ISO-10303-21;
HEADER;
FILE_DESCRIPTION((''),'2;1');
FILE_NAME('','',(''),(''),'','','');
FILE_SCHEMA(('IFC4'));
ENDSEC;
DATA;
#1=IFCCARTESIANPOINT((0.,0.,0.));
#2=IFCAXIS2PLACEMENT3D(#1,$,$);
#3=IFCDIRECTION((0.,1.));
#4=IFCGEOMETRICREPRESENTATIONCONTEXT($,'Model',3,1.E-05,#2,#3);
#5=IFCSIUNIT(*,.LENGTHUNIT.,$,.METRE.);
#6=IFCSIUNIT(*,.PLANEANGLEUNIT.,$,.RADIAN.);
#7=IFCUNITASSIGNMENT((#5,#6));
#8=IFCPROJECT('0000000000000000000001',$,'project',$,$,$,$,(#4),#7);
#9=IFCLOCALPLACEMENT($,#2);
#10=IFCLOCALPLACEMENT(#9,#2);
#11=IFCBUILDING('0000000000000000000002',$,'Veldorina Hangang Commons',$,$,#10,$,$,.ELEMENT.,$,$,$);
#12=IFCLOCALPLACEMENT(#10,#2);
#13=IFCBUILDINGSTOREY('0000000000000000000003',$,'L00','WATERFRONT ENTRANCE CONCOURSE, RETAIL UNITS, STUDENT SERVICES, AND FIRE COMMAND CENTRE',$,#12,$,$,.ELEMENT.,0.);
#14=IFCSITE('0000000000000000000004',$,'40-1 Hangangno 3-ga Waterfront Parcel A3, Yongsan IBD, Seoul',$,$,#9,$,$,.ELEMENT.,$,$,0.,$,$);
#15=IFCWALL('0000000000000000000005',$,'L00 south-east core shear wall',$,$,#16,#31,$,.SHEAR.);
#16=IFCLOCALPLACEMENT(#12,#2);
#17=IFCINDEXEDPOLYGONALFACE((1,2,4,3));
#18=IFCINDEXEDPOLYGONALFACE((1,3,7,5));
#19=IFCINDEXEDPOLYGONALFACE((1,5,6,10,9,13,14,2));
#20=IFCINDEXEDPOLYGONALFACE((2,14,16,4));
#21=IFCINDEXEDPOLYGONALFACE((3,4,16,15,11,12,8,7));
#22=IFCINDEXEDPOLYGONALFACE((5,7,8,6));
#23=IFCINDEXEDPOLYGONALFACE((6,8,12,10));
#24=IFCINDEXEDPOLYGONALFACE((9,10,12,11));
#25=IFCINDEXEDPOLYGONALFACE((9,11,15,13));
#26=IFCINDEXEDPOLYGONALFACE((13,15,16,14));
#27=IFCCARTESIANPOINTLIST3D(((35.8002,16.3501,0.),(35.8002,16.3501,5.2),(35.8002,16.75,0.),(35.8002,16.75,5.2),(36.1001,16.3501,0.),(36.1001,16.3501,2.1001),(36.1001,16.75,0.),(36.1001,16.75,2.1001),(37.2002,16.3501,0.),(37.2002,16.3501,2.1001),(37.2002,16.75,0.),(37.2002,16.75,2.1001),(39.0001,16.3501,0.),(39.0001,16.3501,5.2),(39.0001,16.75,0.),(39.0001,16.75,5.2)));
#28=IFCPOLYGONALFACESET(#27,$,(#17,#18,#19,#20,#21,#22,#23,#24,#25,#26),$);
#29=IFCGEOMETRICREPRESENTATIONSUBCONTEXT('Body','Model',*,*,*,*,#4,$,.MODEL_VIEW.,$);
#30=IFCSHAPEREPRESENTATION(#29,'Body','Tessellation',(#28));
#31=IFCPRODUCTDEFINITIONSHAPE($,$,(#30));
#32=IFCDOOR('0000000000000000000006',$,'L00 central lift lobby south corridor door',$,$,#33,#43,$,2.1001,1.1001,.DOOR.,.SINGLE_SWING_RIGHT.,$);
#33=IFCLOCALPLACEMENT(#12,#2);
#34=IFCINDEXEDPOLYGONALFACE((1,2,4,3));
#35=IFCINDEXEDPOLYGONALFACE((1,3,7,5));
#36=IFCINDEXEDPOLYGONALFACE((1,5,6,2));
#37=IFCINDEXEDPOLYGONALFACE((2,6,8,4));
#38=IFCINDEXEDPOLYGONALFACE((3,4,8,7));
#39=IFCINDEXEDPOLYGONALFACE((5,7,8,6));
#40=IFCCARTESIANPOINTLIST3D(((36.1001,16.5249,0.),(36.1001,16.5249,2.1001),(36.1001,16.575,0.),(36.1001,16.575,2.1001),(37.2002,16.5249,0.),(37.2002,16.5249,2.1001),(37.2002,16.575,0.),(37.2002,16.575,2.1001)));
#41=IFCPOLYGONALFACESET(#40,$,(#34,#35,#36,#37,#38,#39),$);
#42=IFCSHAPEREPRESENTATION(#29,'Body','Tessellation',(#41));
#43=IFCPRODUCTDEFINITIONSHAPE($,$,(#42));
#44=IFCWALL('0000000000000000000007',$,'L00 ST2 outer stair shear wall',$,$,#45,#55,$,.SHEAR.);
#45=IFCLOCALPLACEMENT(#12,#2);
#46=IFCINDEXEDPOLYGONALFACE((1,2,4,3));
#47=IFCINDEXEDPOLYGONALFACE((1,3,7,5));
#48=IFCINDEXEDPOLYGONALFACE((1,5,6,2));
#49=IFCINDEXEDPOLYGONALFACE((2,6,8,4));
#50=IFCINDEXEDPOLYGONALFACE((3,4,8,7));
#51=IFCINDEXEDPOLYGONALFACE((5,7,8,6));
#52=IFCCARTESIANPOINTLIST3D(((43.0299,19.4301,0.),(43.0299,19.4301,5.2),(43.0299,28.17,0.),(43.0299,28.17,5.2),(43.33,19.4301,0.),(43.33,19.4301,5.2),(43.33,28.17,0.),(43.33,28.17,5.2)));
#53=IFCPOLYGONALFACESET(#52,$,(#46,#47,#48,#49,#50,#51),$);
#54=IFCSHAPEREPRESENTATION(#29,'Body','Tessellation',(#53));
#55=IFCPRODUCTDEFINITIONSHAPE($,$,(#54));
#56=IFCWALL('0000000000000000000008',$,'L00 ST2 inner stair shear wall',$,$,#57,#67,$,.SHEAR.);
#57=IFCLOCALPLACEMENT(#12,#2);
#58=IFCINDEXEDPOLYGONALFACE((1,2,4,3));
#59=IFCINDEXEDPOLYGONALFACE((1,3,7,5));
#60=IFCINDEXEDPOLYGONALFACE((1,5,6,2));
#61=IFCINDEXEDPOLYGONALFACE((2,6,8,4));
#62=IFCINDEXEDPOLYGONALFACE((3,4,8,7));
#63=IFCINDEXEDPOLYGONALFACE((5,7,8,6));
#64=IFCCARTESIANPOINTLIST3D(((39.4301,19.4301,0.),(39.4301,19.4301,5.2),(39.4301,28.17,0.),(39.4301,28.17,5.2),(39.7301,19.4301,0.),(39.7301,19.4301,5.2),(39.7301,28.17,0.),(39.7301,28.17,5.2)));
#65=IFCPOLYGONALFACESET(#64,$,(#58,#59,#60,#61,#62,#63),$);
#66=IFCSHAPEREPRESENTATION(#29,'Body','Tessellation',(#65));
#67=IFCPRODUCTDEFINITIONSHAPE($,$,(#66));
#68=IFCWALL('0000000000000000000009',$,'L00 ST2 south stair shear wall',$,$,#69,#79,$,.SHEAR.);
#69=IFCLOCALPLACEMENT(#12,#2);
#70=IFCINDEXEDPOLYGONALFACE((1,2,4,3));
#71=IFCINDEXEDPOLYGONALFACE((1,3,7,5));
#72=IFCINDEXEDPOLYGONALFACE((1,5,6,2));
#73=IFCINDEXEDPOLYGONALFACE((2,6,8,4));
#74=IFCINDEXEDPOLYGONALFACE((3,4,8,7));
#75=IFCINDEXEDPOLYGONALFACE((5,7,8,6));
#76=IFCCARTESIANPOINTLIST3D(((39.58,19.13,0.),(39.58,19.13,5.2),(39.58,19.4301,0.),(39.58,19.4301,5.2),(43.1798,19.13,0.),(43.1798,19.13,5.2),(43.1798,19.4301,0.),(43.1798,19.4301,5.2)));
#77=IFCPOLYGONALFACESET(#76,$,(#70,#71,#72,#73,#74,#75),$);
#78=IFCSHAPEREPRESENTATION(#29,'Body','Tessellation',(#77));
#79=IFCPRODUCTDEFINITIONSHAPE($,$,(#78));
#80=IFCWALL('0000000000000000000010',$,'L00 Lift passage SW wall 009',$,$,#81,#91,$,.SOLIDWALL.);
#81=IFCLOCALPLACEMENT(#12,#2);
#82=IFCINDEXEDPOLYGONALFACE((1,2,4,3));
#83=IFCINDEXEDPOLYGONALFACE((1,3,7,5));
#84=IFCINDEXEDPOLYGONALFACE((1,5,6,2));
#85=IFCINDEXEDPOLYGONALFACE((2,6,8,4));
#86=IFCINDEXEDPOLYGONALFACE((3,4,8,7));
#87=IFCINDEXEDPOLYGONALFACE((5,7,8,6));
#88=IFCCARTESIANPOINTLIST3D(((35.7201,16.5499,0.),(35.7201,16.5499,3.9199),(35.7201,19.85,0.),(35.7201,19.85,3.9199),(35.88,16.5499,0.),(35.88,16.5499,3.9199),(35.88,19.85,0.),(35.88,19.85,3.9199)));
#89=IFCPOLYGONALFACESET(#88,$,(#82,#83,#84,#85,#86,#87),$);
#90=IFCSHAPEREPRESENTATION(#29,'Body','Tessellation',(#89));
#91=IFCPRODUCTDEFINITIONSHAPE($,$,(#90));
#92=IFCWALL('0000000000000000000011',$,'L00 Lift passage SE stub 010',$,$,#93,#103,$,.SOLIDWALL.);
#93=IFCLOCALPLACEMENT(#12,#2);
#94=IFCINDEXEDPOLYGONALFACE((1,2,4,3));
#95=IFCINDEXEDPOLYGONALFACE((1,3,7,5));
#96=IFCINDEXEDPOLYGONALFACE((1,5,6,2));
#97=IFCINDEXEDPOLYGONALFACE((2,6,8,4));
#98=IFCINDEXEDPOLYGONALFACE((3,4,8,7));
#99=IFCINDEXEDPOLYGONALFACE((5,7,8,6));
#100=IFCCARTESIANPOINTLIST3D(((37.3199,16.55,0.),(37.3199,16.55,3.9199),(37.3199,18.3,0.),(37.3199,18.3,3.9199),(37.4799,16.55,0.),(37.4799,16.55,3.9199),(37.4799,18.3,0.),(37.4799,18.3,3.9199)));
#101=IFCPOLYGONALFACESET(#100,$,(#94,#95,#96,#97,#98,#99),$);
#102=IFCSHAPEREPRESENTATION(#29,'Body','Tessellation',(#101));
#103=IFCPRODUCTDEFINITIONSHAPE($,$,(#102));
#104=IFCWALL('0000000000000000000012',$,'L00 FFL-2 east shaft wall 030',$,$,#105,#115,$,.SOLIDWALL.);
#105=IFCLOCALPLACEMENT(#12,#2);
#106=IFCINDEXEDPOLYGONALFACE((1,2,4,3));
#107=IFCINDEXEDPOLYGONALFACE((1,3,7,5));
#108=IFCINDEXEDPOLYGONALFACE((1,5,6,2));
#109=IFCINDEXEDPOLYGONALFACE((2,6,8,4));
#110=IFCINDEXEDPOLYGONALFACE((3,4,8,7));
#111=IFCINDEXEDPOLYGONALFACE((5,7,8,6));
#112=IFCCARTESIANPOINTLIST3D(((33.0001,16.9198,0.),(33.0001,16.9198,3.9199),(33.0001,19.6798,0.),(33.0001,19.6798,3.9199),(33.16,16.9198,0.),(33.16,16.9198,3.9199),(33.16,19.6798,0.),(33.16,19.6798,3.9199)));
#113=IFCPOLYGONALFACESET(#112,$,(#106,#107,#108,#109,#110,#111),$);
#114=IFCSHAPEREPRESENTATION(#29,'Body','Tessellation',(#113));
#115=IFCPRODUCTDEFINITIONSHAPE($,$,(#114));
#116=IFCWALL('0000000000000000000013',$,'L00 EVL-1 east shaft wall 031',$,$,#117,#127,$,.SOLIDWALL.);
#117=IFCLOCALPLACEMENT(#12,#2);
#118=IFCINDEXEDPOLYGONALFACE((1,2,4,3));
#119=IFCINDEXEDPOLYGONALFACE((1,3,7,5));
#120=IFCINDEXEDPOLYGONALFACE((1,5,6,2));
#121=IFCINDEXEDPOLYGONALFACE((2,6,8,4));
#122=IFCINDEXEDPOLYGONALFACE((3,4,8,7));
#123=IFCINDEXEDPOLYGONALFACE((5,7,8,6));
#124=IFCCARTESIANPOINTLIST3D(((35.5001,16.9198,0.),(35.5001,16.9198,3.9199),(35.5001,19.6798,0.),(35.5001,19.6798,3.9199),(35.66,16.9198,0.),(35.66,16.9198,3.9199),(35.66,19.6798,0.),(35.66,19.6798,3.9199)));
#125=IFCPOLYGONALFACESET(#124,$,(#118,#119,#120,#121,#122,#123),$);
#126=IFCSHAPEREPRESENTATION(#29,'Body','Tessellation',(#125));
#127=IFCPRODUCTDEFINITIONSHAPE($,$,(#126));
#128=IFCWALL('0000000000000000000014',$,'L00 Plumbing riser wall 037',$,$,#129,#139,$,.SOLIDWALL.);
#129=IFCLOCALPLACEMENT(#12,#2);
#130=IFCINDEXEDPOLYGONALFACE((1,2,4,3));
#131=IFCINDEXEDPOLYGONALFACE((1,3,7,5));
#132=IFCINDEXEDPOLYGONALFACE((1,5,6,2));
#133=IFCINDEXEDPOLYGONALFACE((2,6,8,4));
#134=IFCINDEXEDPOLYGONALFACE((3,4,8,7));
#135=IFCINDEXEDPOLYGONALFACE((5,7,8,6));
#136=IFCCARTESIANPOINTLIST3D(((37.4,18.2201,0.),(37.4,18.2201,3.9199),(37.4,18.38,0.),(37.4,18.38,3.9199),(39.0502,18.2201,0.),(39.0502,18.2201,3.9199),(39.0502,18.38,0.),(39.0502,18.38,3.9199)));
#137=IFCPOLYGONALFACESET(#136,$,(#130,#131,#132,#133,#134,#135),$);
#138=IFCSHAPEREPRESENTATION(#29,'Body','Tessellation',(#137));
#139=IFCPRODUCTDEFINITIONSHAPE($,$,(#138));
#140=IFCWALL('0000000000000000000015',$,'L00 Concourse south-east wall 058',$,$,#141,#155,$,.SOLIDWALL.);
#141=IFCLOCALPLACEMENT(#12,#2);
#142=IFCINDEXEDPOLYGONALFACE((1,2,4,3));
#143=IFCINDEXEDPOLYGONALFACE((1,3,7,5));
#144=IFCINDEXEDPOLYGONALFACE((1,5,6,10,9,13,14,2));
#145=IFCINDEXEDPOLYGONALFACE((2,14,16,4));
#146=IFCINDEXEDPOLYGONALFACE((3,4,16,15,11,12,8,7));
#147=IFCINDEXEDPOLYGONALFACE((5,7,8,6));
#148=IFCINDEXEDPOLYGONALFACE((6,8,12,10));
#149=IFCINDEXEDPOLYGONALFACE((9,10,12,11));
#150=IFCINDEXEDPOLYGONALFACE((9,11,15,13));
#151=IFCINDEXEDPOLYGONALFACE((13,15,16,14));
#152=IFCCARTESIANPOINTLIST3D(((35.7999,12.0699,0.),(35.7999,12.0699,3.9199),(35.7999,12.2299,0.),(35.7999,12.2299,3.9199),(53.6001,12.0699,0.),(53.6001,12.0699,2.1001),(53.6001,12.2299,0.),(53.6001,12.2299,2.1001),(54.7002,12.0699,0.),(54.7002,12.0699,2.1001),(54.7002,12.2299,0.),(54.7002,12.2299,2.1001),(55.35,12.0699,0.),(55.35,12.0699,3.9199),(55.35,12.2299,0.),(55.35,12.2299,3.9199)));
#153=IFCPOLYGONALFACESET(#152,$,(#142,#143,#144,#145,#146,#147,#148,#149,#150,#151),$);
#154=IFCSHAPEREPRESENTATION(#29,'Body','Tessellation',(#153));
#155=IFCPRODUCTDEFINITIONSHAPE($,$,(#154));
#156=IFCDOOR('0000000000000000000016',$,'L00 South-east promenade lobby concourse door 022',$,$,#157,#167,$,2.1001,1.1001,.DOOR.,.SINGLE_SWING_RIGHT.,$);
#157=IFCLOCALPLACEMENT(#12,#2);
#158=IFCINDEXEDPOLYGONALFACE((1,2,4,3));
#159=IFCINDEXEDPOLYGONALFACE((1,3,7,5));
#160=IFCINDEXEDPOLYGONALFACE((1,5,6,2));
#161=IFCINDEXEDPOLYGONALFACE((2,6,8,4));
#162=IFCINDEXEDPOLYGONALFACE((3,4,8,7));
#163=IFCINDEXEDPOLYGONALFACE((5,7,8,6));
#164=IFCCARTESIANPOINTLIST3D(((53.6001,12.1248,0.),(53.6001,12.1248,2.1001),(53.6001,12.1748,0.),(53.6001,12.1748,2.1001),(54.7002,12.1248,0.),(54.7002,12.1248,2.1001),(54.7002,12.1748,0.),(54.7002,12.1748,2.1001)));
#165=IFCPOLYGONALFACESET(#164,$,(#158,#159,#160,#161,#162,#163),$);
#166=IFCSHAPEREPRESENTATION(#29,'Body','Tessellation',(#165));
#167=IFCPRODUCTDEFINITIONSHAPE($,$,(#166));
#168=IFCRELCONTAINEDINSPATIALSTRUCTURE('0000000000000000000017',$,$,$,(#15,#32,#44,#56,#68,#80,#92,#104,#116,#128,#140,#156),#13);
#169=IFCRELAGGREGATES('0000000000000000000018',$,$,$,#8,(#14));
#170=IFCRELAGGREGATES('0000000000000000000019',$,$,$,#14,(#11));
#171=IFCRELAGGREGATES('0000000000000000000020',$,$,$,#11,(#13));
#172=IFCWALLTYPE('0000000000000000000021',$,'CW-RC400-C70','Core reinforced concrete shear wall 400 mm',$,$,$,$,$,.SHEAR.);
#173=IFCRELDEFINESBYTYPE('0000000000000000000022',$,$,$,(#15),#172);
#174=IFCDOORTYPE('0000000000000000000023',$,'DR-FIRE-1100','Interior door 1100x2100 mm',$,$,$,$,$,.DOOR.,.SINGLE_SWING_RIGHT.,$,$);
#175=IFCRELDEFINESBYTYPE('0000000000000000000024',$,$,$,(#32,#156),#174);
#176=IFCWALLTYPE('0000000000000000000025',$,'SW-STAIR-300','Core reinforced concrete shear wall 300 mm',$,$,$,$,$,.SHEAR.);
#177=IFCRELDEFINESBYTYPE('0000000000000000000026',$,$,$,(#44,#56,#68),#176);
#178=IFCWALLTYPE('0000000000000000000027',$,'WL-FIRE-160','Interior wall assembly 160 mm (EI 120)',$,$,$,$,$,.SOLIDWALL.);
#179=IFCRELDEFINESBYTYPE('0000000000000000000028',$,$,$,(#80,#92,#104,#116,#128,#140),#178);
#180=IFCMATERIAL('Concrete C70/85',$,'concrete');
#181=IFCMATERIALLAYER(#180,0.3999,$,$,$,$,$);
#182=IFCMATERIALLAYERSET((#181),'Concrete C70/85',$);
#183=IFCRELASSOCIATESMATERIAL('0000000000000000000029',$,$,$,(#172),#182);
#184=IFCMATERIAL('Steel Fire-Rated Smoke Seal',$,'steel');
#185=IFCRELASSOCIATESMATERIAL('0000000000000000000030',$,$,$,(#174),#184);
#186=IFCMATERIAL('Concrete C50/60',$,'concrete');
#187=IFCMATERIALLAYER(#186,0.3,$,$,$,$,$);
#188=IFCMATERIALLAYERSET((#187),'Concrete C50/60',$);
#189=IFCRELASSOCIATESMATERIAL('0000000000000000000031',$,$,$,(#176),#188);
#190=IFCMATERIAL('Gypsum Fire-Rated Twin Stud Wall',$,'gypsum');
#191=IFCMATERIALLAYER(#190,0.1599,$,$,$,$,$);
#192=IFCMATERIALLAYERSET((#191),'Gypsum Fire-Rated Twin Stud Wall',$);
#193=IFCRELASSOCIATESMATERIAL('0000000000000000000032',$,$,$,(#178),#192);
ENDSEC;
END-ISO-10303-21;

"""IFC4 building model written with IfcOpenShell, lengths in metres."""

from ifc_helpers import new_model, si_unit, direction, frame, frame_2d, origin, place, context, subcontext, project, spatial, rectangle, extrude, material, layer, layer_set, type_object, element, fill, save


model = new_model("IFC4")

# Units and contexts
model_context = context("Model", 3, precision=1e-05, world=origin(), true_north=direction((0.0, 1.0)))
body_context = subcontext(model_context, "Body", "Model", "MODEL_VIEW")
ifc_project = project(units=[si_unit("LENGTHUNIT", "METRE"), si_unit("PLANEANGLEUNIT", "RADIAN")], contexts=[model_context])

# Site, building, storey
site_placement = place(None, origin())
site = spatial("IfcSite", under=ifc_project, at=site_placement, Name="40-1 Hangangno 3-ga Waterfront Parcel A3, Yongsan IBD, Seoul", CompositionType="ELEMENT", RefElevation=0.0)
building_placement = place(site_placement, origin())
building = spatial("IfcBuilding", under=site, at=building_placement, Name="Veldorina Hangang Commons", CompositionType="ELEMENT")
storey_placement = place(building_placement, origin())
storey = spatial("IfcBuildingStorey", under=building, at=storey_placement, Name="L00", Description="WATERFRONT ENTRANCE CONCOURSE, RETAIL UNITS, STUDENT SERVICES, AND FIRE COMMAND CENTRE", CompositionType="ELEMENT", Elevation=0.0)

# Shared definitions
ifc_material_1 = material(Name="Concrete C70/85", Category="concrete")
ifc_layer_1 = layer(ifc_material_1, 0.3999)
ifc_layer_set_1 = layer_set([ifc_layer_1], Name="Concrete C70/85")
wall_type_1 = type_object("IfcWallType", Name="CW-RC400-C70", Description="Core reinforced concrete shear wall 400 mm", PredefinedType="SHEAR", material=ifc_layer_set_1)

# Wall, opening, door
wall_1_placement = place(storey_placement, frame((35.8, 16.55, 0.0), z_axis=(0.0, 0.0, 1.0), x_axis=(1.0, 0.0, 0.0)))
wall_1 = element("IfcWall", 1, at=wall_1_placement, inside=storey, type_object=wall_type_1, Name="L00 south-east core shear wall", PredefinedType="SHEAR", context=body_context, shape_type="SweptSolid", body=[
    extrude(rectangle(XDim=3.2, YDim=0.3999, at=frame_2d((1.6001, 0.0))), origin(), (0.0, 0.0, 1.0), 5.2),
])
opening_1_placement = place(wall_1_placement, frame((0.3, 0.0, 0.0)))
opening_1 = element("IfcOpeningElement", 2, at=opening_1_placement, cuts=wall_1, PredefinedType="OPENING", context=body_context, shape_type="SweptSolid", body=[
    extrude(rectangle(XDim=1.1001, YDim=2.1001, at=frame_2d((0.55, 1.05))), frame((0.0, 0.21, 0.0), z_axis=(0.0, -1.0, 0.0), x_axis=(1.0, 0.0, 0.0)), (0.0, 0.0, 1.0), 0.4199),
])
ifc_material_2 = material(Name="Steel Fire-Rated Smoke Seal", Category="steel")
door_type_1 = type_object("IfcDoorType", Name="DR-FIRE-1100", Description="Interior door 1100x2100 mm", OperationType="SINGLE_SWING_RIGHT", PredefinedType="DOOR", material=ifc_material_2)
door_1_placement = place(opening_1_placement, origin())
door_1 = element("IfcDoor", 3, at=door_1_placement, inside=storey, type_object=door_type_1, Name="L00 central lift lobby south corridor door", OperationType="SINGLE_SWING_RIGHT", OverallHeight=2.1001, OverallWidth=1.1001, PredefinedType="DOOR", context=body_context, shape_type="SweptSolid", body=[
    extrude(rectangle(XDim=1.1001, YDim=2.1001, at=frame_2d((0.55, 1.05))), frame((0.0, 0.0249, 0.0), z_axis=(0.0, -1.0, 0.0), x_axis=(1.0, 0.0, 0.0)), (0.0, 0.0, 1.0), 0.05),
])
fill(opening_1, door_1)

# Walls
ifc_material_3 = material(Name="Concrete C50/60", Category="concrete")
ifc_layer_2 = layer(ifc_material_3, 0.3)
ifc_layer_set_2 = layer_set([ifc_layer_2], Name="Concrete C50/60")
wall_type_2 = type_object("IfcWallType", Name="SW-STAIR-300", Description="Core reinforced concrete shear wall 300 mm", PredefinedType="SHEAR", material=ifc_layer_set_2)
for number, where, z_axis, x_axis, name in (
    (4, (43.1799, 19.4299, 0.0), (0.0, 0.0, 1.0), (0.0, 1.0, 0.0), "L00 ST2 outer stair shear wall"),
    (5, (39.5801, 19.4299, 0.0), (0.0, 0.0, 1.0), (0.0, 1.0, 0.0), "L00 ST2 inner stair shear wall"),
):
    element("IfcWall", number, at=place(storey_placement, frame(where, z_axis=z_axis, x_axis=x_axis)), inside=storey, type_object=wall_type_2, Name=name, PredefinedType="SHEAR", context=body_context, shape_type="SweptSolid", body=[
        extrude(rectangle(XDim=8.74, YDim=0.3, at=frame_2d((4.3701, 0.0))), origin(), (0.0, 0.0, 1.0), 5.2),
    ])
wall_2_placement = place(storey_placement, frame((39.5801, 19.28, 0.0), z_axis=(0.0, 0.0, 1.0), x_axis=(1.0, 0.0, 0.0)))
element("IfcWall", 6, at=wall_2_placement, inside=storey, type_object=wall_type_2, Name="L00 ST2 south stair shear wall", PredefinedType="SHEAR", context=body_context, shape_type="SweptSolid", body=[
    extrude(rectangle(XDim=3.5999, YDim=0.3, at=frame_2d((1.7998, 0.0))), origin(), (0.0, 0.0, 1.0), 5.2),
])
ifc_material_4 = material(Name="Gypsum Fire-Rated Twin Stud Wall", Category="gypsum")
ifc_layer_3 = layer(ifc_material_4, 0.1599)
ifc_layer_set_3 = layer_set([ifc_layer_3], Name="Gypsum Fire-Rated Twin Stud Wall")
wall_type_3 = type_object("IfcWallType", Name="WL-FIRE-160", Description="Interior wall assembly 160 mm (EI 120)", PredefinedType="SOLIDWALL", material=ifc_layer_set_3)
wall_3_placement = place(storey_placement, frame((35.8, 16.55, 0.0), z_axis=(0.0, 0.0, 1.0), x_axis=(0.0, 1.0, 0.0)))
element("IfcWall", 7, at=wall_3_placement, inside=storey, type_object=wall_type_3, Name="L00 Lift passage SW wall 009", PredefinedType="SOLIDWALL", context=body_context, shape_type="SweptSolid", body=[
    extrude(rectangle(XDim=3.3, YDim=0.1599, at=frame_2d((1.6499, 0.0))), origin(), (0.0, 0.0, 1.0), 3.9199),
])
wall_4_placement = place(storey_placement, frame((37.3999, 16.55, 0.0), z_axis=(0.0, 0.0, 1.0), x_axis=(0.0, 1.0, 0.0)))
element("IfcWall", 8, at=wall_4_placement, inside=storey, type_object=wall_type_3, Name="L00 Lift passage SE stub 010", PredefinedType="SOLIDWALL", context=body_context, shape_type="SweptSolid", body=[
    extrude(rectangle(XDim=1.75, YDim=0.1599, at=frame_2d((0.875, 0.0))), origin(), (0.0, 0.0, 1.0), 3.9199),
])
for number, where, z_axis, x_axis, name in (
    (9, (33.0801, 16.9199, 0.0), (0.0, 0.0, 1.0), (0.0, 1.0, 0.0), "L00 FFL-2 east shaft wall 030"),
    (10, (35.5801, 16.9199, 0.0), (0.0, 0.0, 1.0), (0.0, 1.0, 0.0), "L00 EVL-1 east shaft wall 031"),
):
    element("IfcWall", number, at=place(storey_placement, frame(where, z_axis=z_axis, x_axis=x_axis)), inside=storey, type_object=wall_type_3, Name=name, PredefinedType="SOLIDWALL", context=body_context, shape_type="SweptSolid", body=[
        extrude(rectangle(XDim=2.76, YDim=0.1599, at=frame_2d((1.3799, 0.0))), origin(), (0.0, 0.0, 1.0), 3.9199),
    ])
wall_5_placement = place(storey_placement, frame((37.3999, 18.3, 0.0), z_axis=(0.0, 0.0, 1.0), x_axis=(1.0, 0.0, 0.0)))
element("IfcWall", 11, at=wall_5_placement, inside=storey, type_object=wall_type_3, Name="L00 Plumbing riser wall 037", PredefinedType="SOLIDWALL", context=body_context, shape_type="SweptSolid", body=[
    extrude(rectangle(XDim=1.6501, YDim=0.1599, at=frame_2d((0.8252, 0.0))), origin(), (0.0, 0.0, 1.0), 3.9199),
])

# Wall, opening, door
wall_6_placement = place(storey_placement, frame((35.8, 12.1499, 0.0), z_axis=(0.0, 0.0, 1.0), x_axis=(1.0, 0.0, 0.0)))
wall_6 = element("IfcWall", 12, at=wall_6_placement, inside=storey, type_object=wall_type_3, Name="L00 Concourse south-east wall 058", PredefinedType="SOLIDWALL", context=body_context, shape_type="SweptSolid", body=[
    extrude(rectangle(XDim=19.55, YDim=0.1599, at=frame_2d((9.7749, 0.0))), origin(), (0.0, 0.0, 1.0), 3.9199),
])
opening_2_placement = place(wall_6_placement, frame((17.8, 0.0, 0.0)))
opening_2 = element("IfcOpeningElement", 13, at=opening_2_placement, cuts=wall_6, PredefinedType="OPENING", context=body_context, shape_type="SweptSolid", body=[
    extrude(rectangle(XDim=1.1001, YDim=2.1001, at=frame_2d((0.55, 1.05))), frame((0.0, 0.0898, 0.0), z_axis=(0.0, -1.0, 0.0), x_axis=(1.0, 0.0, 0.0)), (0.0, 0.0, 1.0), 0.1799),
])
door_2_placement = place(opening_2_placement, origin())
door_2 = element("IfcDoor", 14, at=door_2_placement, inside=storey, type_object=door_type_1, Name="L00 South-east promenade lobby concourse door 022", OperationType="SINGLE_SWING_RIGHT", OverallHeight=2.1001, OverallWidth=1.1001, PredefinedType="DOOR", context=body_context, shape_type="SweptSolid", body=[
    extrude(rectangle(XDim=1.1001, YDim=2.1001, at=frame_2d((0.55, 1.05))), frame((0.0, 0.0249, 0.0), z_axis=(0.0, -1.0, 0.0), x_axis=(1.0, 0.0, 0.0)), (0.0, 0.0, 1.0), 0.05),
])
fill(opening_2, door_2)

save(model, "model.ifc")
